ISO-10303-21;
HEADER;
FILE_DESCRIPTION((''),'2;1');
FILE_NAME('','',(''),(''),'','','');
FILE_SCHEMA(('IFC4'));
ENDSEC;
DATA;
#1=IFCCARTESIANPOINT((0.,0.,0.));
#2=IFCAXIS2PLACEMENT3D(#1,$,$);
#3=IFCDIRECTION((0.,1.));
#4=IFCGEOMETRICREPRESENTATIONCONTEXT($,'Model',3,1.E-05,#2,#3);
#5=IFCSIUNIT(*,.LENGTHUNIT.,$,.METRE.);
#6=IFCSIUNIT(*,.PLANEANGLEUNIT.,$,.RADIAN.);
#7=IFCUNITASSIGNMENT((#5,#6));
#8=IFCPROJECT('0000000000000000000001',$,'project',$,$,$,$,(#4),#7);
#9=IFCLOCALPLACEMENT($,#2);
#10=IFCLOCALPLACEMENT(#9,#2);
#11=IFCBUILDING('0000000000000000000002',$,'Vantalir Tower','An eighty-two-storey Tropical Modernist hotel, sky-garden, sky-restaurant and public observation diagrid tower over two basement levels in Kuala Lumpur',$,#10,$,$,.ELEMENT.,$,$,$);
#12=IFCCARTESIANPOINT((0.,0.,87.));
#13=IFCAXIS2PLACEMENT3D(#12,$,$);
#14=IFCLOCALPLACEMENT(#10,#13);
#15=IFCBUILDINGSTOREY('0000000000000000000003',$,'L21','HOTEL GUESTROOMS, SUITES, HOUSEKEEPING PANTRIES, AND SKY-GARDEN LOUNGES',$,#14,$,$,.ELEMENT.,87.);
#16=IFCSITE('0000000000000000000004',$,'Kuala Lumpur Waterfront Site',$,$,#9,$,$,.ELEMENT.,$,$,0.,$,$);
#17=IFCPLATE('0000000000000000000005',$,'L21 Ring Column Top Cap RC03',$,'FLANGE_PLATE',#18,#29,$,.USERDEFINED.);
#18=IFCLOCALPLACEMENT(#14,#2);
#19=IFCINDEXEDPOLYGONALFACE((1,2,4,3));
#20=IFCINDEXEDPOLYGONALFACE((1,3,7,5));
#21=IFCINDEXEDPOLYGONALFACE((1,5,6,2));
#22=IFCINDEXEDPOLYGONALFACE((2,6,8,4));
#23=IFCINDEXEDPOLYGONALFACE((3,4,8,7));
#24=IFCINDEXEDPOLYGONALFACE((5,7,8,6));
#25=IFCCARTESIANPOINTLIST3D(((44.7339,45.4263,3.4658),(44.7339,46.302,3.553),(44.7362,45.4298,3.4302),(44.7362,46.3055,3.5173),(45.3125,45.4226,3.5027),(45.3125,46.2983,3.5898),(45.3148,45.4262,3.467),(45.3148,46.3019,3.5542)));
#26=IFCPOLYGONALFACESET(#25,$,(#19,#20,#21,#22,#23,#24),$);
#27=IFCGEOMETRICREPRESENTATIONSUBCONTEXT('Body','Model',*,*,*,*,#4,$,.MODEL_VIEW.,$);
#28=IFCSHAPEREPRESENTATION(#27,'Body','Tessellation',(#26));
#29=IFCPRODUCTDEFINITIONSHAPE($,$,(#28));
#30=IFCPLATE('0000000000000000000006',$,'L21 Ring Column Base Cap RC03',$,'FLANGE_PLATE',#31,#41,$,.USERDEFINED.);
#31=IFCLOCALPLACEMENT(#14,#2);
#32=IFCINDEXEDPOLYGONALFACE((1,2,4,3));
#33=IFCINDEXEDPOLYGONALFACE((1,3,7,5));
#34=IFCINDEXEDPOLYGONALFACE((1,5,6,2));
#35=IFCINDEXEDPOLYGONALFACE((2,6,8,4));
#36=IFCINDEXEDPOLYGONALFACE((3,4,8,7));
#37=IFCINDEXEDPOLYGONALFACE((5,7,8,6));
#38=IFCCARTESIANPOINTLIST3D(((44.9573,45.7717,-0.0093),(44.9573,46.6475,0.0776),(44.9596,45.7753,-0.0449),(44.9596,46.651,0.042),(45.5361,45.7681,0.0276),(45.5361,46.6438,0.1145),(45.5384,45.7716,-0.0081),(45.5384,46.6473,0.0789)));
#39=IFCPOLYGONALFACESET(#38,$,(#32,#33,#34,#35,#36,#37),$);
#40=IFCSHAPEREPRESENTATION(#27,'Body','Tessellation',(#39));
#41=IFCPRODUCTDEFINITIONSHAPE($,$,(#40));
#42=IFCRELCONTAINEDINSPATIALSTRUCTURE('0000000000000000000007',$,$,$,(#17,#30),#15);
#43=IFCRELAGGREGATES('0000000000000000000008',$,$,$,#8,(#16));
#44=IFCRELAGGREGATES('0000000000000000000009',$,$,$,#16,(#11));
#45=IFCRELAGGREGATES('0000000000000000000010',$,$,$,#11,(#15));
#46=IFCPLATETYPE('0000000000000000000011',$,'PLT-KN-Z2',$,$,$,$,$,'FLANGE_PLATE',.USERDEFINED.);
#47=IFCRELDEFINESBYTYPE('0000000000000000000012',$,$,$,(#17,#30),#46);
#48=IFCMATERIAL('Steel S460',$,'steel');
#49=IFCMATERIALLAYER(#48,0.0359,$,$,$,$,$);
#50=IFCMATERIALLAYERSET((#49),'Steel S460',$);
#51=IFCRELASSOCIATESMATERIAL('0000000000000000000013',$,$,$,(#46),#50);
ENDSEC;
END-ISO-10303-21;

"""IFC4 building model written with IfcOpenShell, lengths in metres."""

from ifc_helpers import new_model, si_unit, direction, frame, origin, place, context, subcontext, project, spatial, polyline, outline, extrude, material, layer, layer_set, type_object, element, save


model = new_model("IFC4")

# Units and contexts
model_context = context("Model", 3, precision=1e-05, world=origin(), true_north=direction((0.0, 1.0)))
body_context = subcontext(model_context, "Body", "Model", "MODEL_VIEW")
ifc_project = project(units=[si_unit("LENGTHUNIT", "METRE"), si_unit("PLANEANGLEUNIT", "RADIAN")], contexts=[model_context])

# Site, building, storey
site_placement = place(None, origin())
site = spatial("IfcSite", under=ifc_project, at=site_placement, Name="Kuala Lumpur Waterfront Site", CompositionType="ELEMENT", RefElevation=0.0)
building_placement = place(site_placement, origin())
building = spatial("IfcBuilding", under=site, at=building_placement, Name="Vantalir Tower", Description="An eighty-two-storey Tropical Modernist hotel, sky-garden, sky-restaurant and public observation diagrid tower over two basement levels in Kuala Lumpur", CompositionType="ELEMENT")
storey_placement = place(building_placement, frame((0.0, 0.0, 87.0)))
storey = spatial("IfcBuildingStorey", under=building, at=storey_placement, Name="L21", Description="HOTEL GUESTROOMS, SUITES, HOUSEKEEPING PANTRIES, AND SKY-GARDEN LOUNGES", CompositionType="ELEMENT", Elevation=87.0)

# Shared definitions
ifc_material_1 = material(Name="Steel S460", Category="steel")

# Plates
ifc_layer_1 = layer(ifc_material_1, 0.0359)
ifc_layer_set_1 = layer_set([ifc_layer_1], Name="Steel S460")
plate_type_1 = type_object("IfcPlateType", Name="PLT-KN-Z2", ElementType="FLANGE_PLATE", PredefinedType="USERDEFINED", material=ifc_layer_set_1)
plate_1_placement = place(storey_placement, frame((44.7339, 46.302, 3.553), z_axis=(-0.063896, -0.098834, 0.99305), x_axis=(0.0, -0.995084, -0.099037)))
element("IfcPlate", 1, at=plate_1_placement, inside=storey, type_object=plate_type_1, Name="L21 Ring Column Top Cap RC03", ObjectType="FLANGE_PLATE", PredefinedType="USERDEFINED", context=body_context, shape_type="SweptSolid", body=[
    extrude(outline(polyline([(0.0, 0.0), (0.8801, 0.0), (0.8801, 0.5798), (0.0, 0.5798), (0.0, 0.0)])), origin(), (0.0, 0.0, -1.0), 0.0359),
])
plate_2_placement = place(storey_placement, frame((44.9573, 46.6475, 0.0776), z_axis=(-0.063869, -0.09856, 0.993079), x_axis=(0.0, -0.995111, -0.098762)))
element("IfcPlate", 2, at=plate_2_placement, inside=storey, type_object=plate_type_1, Name="L21 Ring Column Base Cap RC03", ObjectType="FLANGE_PLATE", PredefinedType="USERDEFINED", context=body_context, shape_type="SweptSolid", body=[
    extrude(outline(polyline([(0.0, 0.0), (0.88, 0.0), (0.88, 0.58), (0.0, 0.58), (0.0, 0.0)])), origin(), (0.0, 0.0, -1.0), 0.0359),
])

save(model, "model.ifc")
